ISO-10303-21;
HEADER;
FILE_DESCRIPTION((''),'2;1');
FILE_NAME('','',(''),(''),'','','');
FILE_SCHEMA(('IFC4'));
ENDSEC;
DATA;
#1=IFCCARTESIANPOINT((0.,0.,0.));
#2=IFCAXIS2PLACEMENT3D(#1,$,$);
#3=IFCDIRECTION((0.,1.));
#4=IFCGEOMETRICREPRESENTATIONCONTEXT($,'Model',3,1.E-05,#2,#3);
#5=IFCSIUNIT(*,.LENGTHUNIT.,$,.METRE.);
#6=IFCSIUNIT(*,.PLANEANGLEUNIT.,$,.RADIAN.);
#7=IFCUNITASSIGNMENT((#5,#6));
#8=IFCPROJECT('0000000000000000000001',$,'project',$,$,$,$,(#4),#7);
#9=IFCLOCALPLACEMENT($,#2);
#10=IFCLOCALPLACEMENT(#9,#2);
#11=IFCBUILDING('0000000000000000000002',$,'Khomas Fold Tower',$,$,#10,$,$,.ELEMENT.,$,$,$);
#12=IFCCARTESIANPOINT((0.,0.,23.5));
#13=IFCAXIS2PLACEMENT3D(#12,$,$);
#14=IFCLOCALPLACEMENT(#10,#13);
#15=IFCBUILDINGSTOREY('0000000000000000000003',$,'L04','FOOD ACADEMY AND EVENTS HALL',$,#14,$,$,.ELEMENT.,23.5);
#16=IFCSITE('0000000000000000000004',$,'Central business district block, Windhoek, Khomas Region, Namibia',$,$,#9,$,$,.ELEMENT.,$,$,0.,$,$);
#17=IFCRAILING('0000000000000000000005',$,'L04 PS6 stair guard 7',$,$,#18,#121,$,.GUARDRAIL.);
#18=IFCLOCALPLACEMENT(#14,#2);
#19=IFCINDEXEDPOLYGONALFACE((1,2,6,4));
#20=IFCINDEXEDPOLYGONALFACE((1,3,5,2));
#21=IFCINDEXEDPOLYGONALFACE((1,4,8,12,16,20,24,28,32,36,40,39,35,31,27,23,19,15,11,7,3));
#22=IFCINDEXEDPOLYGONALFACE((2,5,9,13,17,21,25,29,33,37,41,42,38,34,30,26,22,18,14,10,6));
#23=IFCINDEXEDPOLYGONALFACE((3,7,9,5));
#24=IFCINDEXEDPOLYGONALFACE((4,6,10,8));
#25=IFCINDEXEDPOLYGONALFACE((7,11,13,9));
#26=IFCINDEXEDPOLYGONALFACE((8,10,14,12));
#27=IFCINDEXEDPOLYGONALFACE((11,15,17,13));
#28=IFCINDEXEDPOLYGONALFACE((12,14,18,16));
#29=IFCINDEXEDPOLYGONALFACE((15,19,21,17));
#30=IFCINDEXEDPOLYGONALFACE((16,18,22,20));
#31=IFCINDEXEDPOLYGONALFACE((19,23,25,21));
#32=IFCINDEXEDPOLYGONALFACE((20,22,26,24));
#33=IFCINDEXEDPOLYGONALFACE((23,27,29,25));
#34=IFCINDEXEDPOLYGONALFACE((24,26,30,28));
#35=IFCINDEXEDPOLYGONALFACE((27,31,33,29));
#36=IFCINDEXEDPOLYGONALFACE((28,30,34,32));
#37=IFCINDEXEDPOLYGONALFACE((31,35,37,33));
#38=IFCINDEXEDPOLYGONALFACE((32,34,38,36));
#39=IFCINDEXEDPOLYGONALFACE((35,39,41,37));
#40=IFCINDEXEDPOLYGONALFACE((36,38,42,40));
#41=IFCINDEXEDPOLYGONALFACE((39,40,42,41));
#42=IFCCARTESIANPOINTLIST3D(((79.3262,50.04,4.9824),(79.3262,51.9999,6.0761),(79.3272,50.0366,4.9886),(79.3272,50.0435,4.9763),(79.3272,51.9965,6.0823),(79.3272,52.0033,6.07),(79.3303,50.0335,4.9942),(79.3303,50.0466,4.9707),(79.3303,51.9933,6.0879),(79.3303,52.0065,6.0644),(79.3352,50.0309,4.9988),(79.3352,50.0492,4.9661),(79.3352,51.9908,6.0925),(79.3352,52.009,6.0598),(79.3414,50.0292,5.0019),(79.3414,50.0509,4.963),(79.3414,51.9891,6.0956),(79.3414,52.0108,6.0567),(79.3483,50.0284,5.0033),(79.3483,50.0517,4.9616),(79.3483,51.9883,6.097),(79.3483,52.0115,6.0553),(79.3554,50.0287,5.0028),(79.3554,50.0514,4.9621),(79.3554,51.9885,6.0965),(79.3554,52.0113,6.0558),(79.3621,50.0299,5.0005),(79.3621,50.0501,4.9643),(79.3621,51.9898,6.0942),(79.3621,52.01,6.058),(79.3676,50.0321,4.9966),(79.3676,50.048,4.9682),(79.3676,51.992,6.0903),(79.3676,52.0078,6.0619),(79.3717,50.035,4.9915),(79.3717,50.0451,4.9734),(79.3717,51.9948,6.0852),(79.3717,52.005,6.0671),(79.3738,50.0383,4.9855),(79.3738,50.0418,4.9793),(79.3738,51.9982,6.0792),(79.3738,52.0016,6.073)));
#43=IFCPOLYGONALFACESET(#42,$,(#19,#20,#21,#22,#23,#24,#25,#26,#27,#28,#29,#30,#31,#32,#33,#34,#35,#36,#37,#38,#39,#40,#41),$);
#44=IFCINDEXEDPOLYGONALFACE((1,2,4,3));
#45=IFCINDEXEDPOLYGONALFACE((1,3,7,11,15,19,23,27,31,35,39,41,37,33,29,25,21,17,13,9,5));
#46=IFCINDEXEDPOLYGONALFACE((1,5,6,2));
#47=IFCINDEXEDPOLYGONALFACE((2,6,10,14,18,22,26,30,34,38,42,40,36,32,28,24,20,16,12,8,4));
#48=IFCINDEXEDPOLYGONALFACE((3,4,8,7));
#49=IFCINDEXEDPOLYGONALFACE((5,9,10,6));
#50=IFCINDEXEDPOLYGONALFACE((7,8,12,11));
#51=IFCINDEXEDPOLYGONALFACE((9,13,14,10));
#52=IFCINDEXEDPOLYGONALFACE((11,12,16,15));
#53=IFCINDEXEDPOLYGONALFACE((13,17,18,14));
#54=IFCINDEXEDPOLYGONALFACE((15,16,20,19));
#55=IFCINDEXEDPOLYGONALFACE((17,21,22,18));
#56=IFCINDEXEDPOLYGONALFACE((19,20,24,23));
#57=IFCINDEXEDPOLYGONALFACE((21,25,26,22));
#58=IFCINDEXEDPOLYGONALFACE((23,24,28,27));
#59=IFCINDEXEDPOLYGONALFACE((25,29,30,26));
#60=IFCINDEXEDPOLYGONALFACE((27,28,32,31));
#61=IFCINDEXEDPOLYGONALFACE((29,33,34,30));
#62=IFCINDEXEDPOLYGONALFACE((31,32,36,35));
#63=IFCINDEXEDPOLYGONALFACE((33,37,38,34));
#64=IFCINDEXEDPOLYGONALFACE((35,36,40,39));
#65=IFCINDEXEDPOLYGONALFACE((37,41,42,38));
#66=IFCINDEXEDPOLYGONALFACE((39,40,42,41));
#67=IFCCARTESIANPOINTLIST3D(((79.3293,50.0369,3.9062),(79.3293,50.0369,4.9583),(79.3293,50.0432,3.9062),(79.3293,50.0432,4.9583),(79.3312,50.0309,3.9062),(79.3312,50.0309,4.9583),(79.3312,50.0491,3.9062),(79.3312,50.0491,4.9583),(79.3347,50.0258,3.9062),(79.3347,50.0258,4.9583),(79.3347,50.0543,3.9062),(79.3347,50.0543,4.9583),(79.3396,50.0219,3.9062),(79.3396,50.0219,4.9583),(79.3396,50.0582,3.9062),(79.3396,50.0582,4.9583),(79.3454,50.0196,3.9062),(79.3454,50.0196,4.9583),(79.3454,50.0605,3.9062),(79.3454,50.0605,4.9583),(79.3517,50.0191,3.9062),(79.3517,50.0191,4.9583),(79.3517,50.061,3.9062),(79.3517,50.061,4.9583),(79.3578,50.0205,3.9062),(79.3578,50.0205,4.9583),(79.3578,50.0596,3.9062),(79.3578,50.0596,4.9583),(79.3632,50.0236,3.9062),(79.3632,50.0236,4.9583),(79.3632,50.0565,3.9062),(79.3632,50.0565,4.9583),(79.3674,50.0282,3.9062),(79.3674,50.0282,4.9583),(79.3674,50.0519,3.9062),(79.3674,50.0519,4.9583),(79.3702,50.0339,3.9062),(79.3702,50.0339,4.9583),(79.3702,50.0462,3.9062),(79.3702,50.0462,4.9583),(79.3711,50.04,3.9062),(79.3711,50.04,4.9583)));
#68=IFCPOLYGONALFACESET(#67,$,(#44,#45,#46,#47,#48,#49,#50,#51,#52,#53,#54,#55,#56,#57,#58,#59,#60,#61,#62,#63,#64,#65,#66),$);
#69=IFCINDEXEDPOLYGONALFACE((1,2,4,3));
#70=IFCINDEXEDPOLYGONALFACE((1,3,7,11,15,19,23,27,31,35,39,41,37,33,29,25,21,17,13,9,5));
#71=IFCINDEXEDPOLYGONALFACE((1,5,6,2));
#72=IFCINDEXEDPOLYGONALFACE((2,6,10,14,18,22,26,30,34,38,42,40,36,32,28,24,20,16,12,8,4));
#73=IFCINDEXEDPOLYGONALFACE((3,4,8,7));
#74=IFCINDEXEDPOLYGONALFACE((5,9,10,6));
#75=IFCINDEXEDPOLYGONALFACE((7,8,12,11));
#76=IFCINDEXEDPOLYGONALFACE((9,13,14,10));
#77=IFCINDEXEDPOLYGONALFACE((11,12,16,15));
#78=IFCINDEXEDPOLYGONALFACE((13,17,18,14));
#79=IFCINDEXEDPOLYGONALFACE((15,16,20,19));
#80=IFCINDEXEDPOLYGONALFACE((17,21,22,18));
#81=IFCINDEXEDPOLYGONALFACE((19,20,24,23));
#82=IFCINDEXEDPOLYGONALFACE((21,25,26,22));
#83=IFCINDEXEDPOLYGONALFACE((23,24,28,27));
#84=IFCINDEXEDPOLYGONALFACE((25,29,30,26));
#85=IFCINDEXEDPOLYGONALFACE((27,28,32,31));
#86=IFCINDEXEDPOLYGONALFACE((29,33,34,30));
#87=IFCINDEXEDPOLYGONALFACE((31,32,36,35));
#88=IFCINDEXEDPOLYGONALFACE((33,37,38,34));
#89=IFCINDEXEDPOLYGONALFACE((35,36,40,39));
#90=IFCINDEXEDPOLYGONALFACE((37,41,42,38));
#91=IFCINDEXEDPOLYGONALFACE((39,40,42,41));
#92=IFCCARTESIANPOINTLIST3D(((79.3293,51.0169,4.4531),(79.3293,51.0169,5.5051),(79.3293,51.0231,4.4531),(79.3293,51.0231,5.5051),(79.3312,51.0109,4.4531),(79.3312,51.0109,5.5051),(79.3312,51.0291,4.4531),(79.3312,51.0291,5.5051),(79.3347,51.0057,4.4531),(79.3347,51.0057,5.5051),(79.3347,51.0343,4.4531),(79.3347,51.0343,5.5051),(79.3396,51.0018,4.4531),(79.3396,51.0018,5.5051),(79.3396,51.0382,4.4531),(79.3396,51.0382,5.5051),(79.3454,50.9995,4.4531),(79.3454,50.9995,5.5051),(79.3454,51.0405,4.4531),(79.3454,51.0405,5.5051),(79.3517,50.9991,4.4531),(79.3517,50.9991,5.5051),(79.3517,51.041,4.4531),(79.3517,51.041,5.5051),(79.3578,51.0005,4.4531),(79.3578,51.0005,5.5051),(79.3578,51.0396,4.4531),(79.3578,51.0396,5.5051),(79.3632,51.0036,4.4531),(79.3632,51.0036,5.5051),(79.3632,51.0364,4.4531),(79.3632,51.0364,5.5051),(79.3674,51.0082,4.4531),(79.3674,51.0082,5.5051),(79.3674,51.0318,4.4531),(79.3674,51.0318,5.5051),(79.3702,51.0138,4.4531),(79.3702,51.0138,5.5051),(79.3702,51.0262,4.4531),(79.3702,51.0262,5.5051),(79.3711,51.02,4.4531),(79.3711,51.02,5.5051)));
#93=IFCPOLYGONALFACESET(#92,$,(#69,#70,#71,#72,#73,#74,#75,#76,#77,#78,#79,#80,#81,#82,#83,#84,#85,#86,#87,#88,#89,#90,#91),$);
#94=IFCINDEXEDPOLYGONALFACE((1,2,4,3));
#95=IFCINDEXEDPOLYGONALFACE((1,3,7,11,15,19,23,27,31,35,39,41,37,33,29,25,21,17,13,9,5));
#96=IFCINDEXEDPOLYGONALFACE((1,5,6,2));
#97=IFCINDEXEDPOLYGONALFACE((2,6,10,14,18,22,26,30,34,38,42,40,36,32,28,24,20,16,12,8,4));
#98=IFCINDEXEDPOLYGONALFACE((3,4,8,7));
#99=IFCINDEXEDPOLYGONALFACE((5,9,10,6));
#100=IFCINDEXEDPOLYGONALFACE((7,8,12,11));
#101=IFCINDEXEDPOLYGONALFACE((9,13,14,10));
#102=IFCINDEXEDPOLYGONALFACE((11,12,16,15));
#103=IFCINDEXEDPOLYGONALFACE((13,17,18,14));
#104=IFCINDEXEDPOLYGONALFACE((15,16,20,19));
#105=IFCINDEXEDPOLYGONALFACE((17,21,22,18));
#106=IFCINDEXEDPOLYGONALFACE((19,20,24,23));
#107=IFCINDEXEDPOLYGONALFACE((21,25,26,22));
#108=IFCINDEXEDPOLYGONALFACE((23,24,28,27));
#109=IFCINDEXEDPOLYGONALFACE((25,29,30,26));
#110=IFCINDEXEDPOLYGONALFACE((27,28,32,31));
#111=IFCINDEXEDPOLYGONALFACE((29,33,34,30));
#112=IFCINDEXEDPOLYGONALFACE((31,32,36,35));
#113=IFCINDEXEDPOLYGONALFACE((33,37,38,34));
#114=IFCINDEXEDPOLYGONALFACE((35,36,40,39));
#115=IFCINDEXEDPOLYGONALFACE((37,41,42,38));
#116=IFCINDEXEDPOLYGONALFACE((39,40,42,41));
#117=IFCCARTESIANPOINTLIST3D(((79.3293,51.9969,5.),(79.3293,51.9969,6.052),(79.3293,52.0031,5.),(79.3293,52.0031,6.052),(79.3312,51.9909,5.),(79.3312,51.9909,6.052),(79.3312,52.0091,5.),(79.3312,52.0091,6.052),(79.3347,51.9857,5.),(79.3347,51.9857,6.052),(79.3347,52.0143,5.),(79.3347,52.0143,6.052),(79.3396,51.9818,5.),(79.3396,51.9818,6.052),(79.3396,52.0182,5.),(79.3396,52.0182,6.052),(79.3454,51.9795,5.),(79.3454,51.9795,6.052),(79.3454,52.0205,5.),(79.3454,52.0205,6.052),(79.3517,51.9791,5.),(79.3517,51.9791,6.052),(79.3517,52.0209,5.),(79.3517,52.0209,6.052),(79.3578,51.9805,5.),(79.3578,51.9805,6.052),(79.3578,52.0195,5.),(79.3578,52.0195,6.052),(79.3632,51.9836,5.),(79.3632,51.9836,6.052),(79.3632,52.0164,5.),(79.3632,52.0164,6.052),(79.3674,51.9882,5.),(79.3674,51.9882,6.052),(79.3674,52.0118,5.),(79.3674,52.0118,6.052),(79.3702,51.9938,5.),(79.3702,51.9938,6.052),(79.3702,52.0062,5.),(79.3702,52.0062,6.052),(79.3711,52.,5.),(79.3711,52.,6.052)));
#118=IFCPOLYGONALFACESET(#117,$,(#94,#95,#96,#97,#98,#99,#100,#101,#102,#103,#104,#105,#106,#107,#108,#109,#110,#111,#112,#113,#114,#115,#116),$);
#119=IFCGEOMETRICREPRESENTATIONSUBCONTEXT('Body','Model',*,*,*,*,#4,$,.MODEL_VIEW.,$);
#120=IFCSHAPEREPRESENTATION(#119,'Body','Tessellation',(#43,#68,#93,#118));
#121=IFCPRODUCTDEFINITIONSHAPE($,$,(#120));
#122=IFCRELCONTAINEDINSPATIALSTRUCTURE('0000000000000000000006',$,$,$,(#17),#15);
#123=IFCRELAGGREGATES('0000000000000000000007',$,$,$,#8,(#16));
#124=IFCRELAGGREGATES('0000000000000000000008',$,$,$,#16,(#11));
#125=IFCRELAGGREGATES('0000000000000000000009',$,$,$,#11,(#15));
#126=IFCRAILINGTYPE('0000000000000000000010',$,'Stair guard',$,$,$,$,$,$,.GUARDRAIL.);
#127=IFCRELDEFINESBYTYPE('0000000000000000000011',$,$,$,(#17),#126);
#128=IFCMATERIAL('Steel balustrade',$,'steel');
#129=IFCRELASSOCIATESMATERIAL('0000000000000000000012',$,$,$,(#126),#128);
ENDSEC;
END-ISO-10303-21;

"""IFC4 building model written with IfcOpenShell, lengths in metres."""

from ifc_helpers import new_model, si_unit, direction, frame, origin, origin_2d, place, context, subcontext, project, spatial, circle, extrude, source, transform, mapped, material, type_object, element, save


model = new_model("IFC4")

# Units and contexts
model_context = context("Model", 3, precision=1e-05, world=origin(), true_north=direction((0.0, 1.0)))
body_context = subcontext(model_context, "Body", "Model", "MODEL_VIEW")
ifc_project = project(units=[si_unit("LENGTHUNIT", "METRE"), si_unit("PLANEANGLEUNIT", "RADIAN")], contexts=[model_context])

# Site, building, storey
site_placement = place(None, origin())
site = spatial("IfcSite", under=ifc_project, at=site_placement, Name="Central business district block, Windhoek, Khomas Region, Namibia", CompositionType="ELEMENT", RefElevation=0.0)
building_placement = place(site_placement, origin())
building = spatial("IfcBuilding", under=site, at=building_placement, Name="Khomas Fold Tower", CompositionType="ELEMENT")
storey_placement = place(building_placement, frame((0.0, 0.0, 23.5)))
storey = spatial("IfcBuildingStorey", under=building, at=storey_placement, Name="L04", Description="FOOD ACADEMY AND EVENTS HALL", CompositionType="ELEMENT", Elevation=23.5)

# Railing
ifc_material_1 = material(Name="Steel balustrade", Category="steel")
railing_type_1 = type_object("IfcRailingType", Name="Stair guard", PredefinedType="GUARDRAIL", material=ifc_material_1)
shared_shape_1 = source(origin(), body_context, "Body", "SweptSolid", [
    extrude(circle(Radius=0.0239, at=origin_2d()), frame((0.0, 0.0, 1.0762), z_axis=(0.0, 0.873232, 0.487304), x_axis=(-1.0, 0.0, 0.0)), (0.0, 0.0, 1.0), 2.2444),
    extrude(circle(Radius=0.021, at=origin_2d()), origin(), (0.0, 0.0, 1.0), 1.052),
    extrude(circle(Radius=0.021, at=origin_2d()), frame((0.0, 0.98, 0.5469)), (0.0, 0.0, 1.0), 1.052),
    extrude(circle(Radius=0.021, at=origin_2d()), frame((0.0, 1.96, 1.0938)), (0.0, 0.0, 1.0), 1.052),
])
for number, where, name in (
    (1, (79.3501, 50.04, 3.9062), "L04 PS6 stair guard 7"),
):
    element("IfcRailing", number, at=place(storey_placement, frame(where)), inside=storey, type_object=railing_type_1, Name=name, PredefinedType="GUARDRAIL", context=body_context, shape_type="MappedRepresentation", body=[
        mapped(shared_shape_1, transform((0.0, 0.0, 0.0))),
    ])

save(model, "model.ifc")
